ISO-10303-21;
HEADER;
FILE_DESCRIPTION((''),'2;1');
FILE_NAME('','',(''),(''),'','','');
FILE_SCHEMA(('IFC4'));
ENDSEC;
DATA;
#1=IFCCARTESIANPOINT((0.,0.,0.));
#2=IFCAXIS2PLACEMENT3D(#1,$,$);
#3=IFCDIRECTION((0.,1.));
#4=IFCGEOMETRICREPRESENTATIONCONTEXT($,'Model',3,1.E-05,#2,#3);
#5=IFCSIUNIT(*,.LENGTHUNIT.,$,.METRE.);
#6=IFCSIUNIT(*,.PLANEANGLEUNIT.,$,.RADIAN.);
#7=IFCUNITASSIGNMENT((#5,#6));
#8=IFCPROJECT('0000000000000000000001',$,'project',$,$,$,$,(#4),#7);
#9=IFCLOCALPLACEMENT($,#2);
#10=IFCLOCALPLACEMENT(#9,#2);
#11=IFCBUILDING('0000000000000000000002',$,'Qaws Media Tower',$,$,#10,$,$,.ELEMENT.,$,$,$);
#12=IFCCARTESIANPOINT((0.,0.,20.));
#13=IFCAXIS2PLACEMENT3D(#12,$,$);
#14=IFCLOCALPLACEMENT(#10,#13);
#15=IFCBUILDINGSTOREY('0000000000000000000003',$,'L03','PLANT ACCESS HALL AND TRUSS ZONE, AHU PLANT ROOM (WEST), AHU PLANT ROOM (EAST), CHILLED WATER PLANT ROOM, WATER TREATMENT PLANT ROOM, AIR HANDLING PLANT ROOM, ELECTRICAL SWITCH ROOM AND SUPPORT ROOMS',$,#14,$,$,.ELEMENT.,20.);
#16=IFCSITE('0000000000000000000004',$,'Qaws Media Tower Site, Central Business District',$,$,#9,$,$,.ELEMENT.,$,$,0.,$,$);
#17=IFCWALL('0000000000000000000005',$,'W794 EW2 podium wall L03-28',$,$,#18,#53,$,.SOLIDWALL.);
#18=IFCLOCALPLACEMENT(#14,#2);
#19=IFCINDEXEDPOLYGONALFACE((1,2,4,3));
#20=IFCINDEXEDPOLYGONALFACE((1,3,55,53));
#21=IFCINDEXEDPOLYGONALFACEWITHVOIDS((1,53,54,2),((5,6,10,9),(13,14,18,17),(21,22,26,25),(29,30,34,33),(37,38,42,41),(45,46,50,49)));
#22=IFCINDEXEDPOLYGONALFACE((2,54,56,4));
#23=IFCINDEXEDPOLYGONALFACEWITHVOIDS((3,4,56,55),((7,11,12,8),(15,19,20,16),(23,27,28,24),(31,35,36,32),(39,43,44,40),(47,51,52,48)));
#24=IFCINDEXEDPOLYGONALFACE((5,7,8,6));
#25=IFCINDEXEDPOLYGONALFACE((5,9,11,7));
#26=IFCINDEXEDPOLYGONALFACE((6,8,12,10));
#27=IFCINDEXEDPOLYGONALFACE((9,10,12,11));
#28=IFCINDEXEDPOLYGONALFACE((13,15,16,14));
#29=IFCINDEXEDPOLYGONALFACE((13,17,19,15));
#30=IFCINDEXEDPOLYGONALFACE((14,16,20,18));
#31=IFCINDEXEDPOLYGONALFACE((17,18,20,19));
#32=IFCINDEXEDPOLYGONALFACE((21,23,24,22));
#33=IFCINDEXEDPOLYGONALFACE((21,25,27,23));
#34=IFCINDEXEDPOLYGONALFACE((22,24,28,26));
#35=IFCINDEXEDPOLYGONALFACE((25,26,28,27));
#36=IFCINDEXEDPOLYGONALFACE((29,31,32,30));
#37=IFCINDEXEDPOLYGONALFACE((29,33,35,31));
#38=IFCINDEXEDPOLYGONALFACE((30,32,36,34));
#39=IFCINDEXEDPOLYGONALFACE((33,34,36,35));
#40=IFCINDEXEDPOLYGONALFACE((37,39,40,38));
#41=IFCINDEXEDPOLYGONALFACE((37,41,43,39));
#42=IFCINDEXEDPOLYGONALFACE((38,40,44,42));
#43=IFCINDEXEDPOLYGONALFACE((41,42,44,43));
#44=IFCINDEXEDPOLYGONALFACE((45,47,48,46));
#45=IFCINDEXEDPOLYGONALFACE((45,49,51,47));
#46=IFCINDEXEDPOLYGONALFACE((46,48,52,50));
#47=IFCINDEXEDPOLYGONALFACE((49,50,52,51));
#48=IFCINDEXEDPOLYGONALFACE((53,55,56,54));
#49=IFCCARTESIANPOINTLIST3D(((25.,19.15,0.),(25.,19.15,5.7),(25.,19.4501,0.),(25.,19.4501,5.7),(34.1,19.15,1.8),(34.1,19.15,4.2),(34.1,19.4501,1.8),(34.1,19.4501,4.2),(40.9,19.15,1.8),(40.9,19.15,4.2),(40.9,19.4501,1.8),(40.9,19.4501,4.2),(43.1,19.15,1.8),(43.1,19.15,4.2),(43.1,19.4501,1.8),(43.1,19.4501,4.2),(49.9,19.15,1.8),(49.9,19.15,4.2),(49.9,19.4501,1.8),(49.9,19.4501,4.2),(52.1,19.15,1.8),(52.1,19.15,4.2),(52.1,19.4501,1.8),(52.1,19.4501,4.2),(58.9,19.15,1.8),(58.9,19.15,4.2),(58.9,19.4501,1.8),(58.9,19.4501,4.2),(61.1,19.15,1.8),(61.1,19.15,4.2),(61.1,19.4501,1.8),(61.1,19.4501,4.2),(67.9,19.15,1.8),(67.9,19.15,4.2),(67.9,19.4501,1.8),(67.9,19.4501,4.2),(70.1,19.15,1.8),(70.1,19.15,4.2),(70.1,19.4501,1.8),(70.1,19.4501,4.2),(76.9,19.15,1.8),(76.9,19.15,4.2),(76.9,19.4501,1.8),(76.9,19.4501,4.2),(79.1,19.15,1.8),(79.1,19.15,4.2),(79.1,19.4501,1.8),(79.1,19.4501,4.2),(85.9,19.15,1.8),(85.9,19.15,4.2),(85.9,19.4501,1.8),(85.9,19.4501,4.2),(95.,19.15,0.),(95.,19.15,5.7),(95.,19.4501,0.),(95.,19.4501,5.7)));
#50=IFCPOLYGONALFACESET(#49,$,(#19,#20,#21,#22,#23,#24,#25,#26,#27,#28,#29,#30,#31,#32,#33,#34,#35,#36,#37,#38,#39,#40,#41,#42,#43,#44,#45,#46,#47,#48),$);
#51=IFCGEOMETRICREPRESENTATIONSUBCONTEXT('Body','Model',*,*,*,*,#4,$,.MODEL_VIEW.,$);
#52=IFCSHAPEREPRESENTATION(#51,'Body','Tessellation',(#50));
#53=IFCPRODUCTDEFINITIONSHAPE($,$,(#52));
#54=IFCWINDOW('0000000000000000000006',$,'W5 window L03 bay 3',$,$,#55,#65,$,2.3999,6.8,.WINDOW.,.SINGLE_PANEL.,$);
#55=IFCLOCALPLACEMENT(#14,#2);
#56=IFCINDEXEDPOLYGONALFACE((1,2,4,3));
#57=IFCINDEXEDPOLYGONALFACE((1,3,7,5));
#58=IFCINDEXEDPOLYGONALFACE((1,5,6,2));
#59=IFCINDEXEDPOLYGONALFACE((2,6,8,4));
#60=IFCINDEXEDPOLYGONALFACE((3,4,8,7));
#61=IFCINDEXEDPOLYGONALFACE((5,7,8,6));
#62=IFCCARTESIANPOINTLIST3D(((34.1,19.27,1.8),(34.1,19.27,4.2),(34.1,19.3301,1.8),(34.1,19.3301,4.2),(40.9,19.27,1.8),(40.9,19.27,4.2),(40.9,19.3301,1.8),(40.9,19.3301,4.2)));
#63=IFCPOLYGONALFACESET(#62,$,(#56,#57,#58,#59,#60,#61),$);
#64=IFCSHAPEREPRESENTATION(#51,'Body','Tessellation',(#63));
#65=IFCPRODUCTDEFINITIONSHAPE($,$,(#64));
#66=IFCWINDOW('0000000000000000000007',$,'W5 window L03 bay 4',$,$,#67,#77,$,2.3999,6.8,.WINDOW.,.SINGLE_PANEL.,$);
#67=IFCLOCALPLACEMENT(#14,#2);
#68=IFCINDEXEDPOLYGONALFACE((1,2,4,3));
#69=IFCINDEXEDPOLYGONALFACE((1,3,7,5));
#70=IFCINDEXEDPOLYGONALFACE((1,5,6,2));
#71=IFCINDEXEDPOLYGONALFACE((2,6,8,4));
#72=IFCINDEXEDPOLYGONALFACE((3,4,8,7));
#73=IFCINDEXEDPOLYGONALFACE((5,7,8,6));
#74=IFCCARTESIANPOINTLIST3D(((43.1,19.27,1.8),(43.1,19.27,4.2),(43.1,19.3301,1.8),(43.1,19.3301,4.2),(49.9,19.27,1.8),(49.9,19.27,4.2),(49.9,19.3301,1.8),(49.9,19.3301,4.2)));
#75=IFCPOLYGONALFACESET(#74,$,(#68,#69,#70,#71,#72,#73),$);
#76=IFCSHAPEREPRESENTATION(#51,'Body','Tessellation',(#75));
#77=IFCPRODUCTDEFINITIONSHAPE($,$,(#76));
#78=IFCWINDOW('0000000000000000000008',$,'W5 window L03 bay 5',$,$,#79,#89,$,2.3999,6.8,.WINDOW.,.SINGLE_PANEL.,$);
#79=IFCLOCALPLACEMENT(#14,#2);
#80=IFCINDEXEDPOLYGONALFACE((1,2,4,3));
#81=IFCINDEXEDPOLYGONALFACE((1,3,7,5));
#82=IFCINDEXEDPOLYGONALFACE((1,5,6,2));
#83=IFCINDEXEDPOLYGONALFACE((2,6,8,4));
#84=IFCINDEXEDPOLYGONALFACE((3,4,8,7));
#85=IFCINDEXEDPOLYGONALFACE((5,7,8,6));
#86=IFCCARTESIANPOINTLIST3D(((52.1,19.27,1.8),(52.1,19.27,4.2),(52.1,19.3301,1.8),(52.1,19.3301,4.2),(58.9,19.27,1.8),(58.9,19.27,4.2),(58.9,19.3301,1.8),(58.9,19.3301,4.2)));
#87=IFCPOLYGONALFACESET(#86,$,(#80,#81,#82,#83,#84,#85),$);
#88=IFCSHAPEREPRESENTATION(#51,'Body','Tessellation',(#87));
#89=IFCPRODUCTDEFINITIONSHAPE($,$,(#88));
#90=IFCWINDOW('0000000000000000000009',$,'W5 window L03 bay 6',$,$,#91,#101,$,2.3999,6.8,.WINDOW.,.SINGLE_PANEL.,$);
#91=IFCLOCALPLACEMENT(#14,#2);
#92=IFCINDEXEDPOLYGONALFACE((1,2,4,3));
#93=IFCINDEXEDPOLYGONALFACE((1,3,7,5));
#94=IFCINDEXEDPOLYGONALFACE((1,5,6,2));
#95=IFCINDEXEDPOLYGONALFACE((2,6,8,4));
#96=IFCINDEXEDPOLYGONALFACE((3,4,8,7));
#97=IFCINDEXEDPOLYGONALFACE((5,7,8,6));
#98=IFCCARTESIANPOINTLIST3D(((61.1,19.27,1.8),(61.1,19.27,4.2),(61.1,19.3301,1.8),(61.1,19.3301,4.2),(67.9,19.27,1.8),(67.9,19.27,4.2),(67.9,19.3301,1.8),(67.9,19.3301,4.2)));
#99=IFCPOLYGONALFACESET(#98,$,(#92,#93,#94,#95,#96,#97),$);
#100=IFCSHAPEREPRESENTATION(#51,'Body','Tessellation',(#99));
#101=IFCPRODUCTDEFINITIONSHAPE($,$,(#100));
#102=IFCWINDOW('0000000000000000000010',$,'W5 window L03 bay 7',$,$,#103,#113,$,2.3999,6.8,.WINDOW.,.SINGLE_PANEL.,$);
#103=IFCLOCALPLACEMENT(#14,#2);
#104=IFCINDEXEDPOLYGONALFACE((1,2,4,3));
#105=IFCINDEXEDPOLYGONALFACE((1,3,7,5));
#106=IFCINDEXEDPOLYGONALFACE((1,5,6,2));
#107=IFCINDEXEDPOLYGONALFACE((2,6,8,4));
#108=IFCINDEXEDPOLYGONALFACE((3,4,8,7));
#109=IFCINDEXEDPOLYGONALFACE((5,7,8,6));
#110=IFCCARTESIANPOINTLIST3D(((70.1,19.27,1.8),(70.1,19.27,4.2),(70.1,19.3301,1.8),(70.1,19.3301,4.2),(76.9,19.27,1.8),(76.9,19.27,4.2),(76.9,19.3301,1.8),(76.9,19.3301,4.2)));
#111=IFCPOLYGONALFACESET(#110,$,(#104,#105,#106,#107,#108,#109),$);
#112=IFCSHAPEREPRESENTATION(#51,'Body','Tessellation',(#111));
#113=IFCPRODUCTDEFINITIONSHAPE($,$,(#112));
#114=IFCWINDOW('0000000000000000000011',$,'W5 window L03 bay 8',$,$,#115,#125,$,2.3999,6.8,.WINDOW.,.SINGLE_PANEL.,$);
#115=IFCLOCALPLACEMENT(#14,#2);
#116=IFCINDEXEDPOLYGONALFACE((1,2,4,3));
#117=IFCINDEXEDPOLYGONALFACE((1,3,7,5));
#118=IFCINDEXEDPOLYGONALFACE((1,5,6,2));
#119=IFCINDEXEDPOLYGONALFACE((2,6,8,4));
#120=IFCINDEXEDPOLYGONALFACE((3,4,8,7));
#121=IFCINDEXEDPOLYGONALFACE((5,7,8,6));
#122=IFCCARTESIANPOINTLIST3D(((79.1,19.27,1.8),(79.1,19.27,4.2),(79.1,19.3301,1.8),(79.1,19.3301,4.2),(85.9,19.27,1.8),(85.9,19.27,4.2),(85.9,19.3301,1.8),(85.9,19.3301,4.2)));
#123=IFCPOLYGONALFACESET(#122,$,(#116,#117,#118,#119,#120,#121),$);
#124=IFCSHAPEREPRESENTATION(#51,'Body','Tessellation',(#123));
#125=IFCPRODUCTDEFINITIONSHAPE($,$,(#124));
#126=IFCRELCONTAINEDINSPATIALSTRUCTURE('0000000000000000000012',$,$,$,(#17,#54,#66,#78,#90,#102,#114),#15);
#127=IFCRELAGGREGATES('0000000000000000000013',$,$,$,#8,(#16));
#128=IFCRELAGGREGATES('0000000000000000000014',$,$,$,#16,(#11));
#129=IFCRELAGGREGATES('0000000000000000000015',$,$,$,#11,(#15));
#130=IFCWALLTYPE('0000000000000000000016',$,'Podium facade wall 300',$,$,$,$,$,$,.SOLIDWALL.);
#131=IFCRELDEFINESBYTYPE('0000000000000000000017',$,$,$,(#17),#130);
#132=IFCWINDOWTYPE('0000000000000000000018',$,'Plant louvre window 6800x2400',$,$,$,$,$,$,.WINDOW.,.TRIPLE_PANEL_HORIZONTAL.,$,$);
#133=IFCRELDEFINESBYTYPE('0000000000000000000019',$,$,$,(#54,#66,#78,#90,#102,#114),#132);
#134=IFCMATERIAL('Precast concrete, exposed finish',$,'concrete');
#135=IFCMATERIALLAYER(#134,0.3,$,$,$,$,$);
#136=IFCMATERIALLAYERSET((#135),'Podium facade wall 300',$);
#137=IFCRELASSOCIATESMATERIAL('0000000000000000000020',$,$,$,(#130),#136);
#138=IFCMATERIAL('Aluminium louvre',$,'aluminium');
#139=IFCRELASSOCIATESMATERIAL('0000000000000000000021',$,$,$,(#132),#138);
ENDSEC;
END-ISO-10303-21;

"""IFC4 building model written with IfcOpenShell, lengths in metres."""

from ifc_helpers import new_model, si_unit, direction, frame, frame_2d, origin, place, context, subcontext, project, spatial, rectangle, extrude, material, layer, layer_set, type_object, element, fill, save


model = new_model("IFC4")

# Units and contexts
model_context = context("Model", 3, precision=1e-05, world=origin(), true_north=direction((0.0, 1.0)))
body_context = subcontext(model_context, "Body", "Model", "MODEL_VIEW")
ifc_project = project(units=[si_unit("LENGTHUNIT", "METRE"), si_unit("PLANEANGLEUNIT", "RADIAN")], contexts=[model_context])

# Site, building, storey
site_placement = place(None, origin())
site = spatial("IfcSite", under=ifc_project, at=site_placement, Name="Qaws Media Tower Site, Central Business District", CompositionType="ELEMENT", RefElevation=0.0)
building_placement = place(site_placement, origin())
building = spatial("IfcBuilding", under=site, at=building_placement, Name="Qaws Media Tower", CompositionType="ELEMENT")
storey_placement = place(building_placement, frame((0.0, 0.0, 20.0)))
storey = spatial("IfcBuildingStorey", under=building, at=storey_placement, Name="L03", Description="PLANT ACCESS HALL AND TRUSS ZONE, AHU PLANT ROOM (WEST), AHU PLANT ROOM (EAST), CHILLED WATER PLANT ROOM, WATER TREATMENT PLANT ROOM, AIR HANDLING PLANT ROOM, ELECTRICAL SWITCH ROOM AND SUPPORT ROOMS", CompositionType="ELEMENT", Elevation=20.0)

# Shared definitions
ifc_material_1 = material(Name="Precast concrete, exposed finish", Category="concrete")
ifc_layer_1 = layer(ifc_material_1, 0.3)
ifc_layer_set_1 = layer_set([ifc_layer_1], Name="Podium facade wall 300")
wall_type = type_object("IfcWallType", Name="Podium facade wall 300", PredefinedType="SOLIDWALL", material=ifc_layer_set_1)

# Wall, openings, windows
wall_1_placement = place(storey_placement, frame((25.0, 19.3, 0.0), z_axis=(0.0, 0.0, 1.0), x_axis=(1.0, 0.0, 0.0)))
wall_1 = element("IfcWall", 1, at=wall_1_placement, inside=storey, type_object=wall_type, Name="W794 EW2 podium wall L03-28", PredefinedType="SOLIDWALL", context=body_context, shape_type="SweptSolid", body=[
    extrude(rectangle(XDim=70.0, YDim=0.3, at=frame_2d((35.0, 0.0))), origin(), (0.0, 0.0, 1.0), 5.7),
])
opening_1_placement = place(wall_1_placement, frame((9.1001, 0.0, 1.8)))
opening_1 = element("IfcOpeningElement", 2, at=opening_1_placement, cuts=wall_1, PredefinedType="OPENING", context=body_context, shape_type="SweptSolid", body=[
    extrude(rectangle(XDim=6.8, YDim=2.3999, at=frame_2d((3.3999, 1.2))), frame((0.0, 0.1599, 0.0), z_axis=(0.0, -1.0, 0.0), x_axis=(1.0, 0.0, 0.0)), (0.0, 0.0, 1.0), 0.3201),
])
opening_2_placement = place(wall_1_placement, frame((18.1001, 0.0, 1.8)))
opening_2 = element("IfcOpeningElement", 3, at=opening_2_placement, cuts=wall_1, PredefinedType="OPENING", context=body_context, shape_type="SweptSolid", body=[
    extrude(rectangle(XDim=6.8, YDim=2.3999, at=frame_2d((3.3999, 1.2))), frame((0.0, 0.1599, 0.0), z_axis=(0.0, -1.0, 0.0), x_axis=(1.0, 0.0, 0.0)), (0.0, 0.0, 1.0), 0.3201),
])
opening_3_placement = place(wall_1_placement, frame((27.1001, 0.0, 1.8)))
opening_3 = element("IfcOpeningElement", 4, at=opening_3_placement, cuts=wall_1, PredefinedType="OPENING", context=body_context, shape_type="SweptSolid", body=[
    extrude(rectangle(XDim=6.8, YDim=2.3999, at=frame_2d((3.3999, 1.2))), frame((0.0, 0.1599, 0.0), z_axis=(0.0, -1.0, 0.0), x_axis=(1.0, 0.0, 0.0)), (0.0, 0.0, 1.0), 0.3201),
])
opening_4_placement = place(wall_1_placement, frame((36.1001, 0.0, 1.8)))
opening_4 = element("IfcOpeningElement", 5, at=opening_4_placement, cuts=wall_1, PredefinedType="OPENING", context=body_context, shape_type="SweptSolid", body=[
    extrude(rectangle(XDim=6.8, YDim=2.3999, at=frame_2d((3.3999, 1.2))), frame((0.0, 0.1599, 0.0), z_axis=(0.0, -1.0, 0.0), x_axis=(1.0, 0.0, 0.0)), (0.0, 0.0, 1.0), 0.3201),
])
opening_5_placement = place(wall_1_placement, frame((45.1001, 0.0, 1.8)))
opening_5 = element("IfcOpeningElement", 6, at=opening_5_placement, cuts=wall_1, PredefinedType="OPENING", context=body_context, shape_type="SweptSolid", body=[
    extrude(rectangle(XDim=6.8, YDim=2.3999, at=frame_2d((3.3999, 1.2))), frame((0.0, 0.1599, 0.0), z_axis=(0.0, -1.0, 0.0), x_axis=(1.0, 0.0, 0.0)), (0.0, 0.0, 1.0), 0.3201),
])
opening_6_placement = place(wall_1_placement, frame((54.1001, 0.0, 1.8)))
opening_6 = element("IfcOpeningElement", 7, at=opening_6_placement, cuts=wall_1, PredefinedType="OPENING", context=body_context, shape_type="SweptSolid", body=[
    extrude(rectangle(XDim=6.8, YDim=2.3999, at=frame_2d((3.3999, 1.2))), frame((0.0, 0.1599, 0.0), z_axis=(0.0, -1.0, 0.0), x_axis=(1.0, 0.0, 0.0)), (0.0, 0.0, 1.0), 0.3201),
])
ifc_material_2 = material(Name="Aluminium louvre", Category="aluminium")
window_type = type_object("IfcWindowType", Name="Plant louvre window 6800x2400", PartitioningType="TRIPLE_PANEL_HORIZONTAL", PredefinedType="WINDOW", material=ifc_material_2)
window_1_placement = place(opening_1_placement, origin())
window_1 = element("IfcWindow", 8, at=window_1_placement, inside=storey, type_object=window_type, Name="W5 window L03 bay 3", OverallHeight=2.3999, OverallWidth=6.8, PartitioningType="SINGLE_PANEL", PredefinedType="WINDOW", context=body_context, shape_type="SweptSolid", body=[
    extrude(rectangle(XDim=6.8, YDim=2.3999, at=frame_2d((3.3999, 1.2))), frame((0.0, 0.03, 0.0), z_axis=(0.0, -1.0, 0.0), x_axis=(1.0, 0.0, 0.0)), (0.0, 0.0, 1.0), 0.0601),
])
fill(opening_1, window_1)
window_2_placement = place(opening_2_placement, origin())
window_2 = element("IfcWindow", 9, at=window_2_placement, inside=storey, type_object=window_type, Name="W5 window L03 bay 4", OverallHeight=2.3999, OverallWidth=6.8, PartitioningType="SINGLE_PANEL", PredefinedType="WINDOW", context=body_context, shape_type="SweptSolid", body=[
    extrude(rectangle(XDim=6.8, YDim=2.3999, at=frame_2d((3.3999, 1.2))), frame((0.0, 0.03, 0.0), z_axis=(0.0, -1.0, 0.0), x_axis=(1.0, 0.0, 0.0)), (0.0, 0.0, 1.0), 0.0601),
])
fill(opening_2, window_2)
window_3_placement = place(opening_3_placement, origin())
window_3 = element("IfcWindow", 10, at=window_3_placement, inside=storey, type_object=window_type, Name="W5 window L03 bay 5", OverallHeight=2.3999, OverallWidth=6.8, PartitioningType="SINGLE_PANEL", PredefinedType="WINDOW", context=body_context, shape_type="SweptSolid", body=[
    extrude(rectangle(XDim=6.8, YDim=2.3999, at=frame_2d((3.3999, 1.2))), frame((0.0, 0.03, 0.0), z_axis=(0.0, -1.0, 0.0), x_axis=(1.0, 0.0, 0.0)), (0.0, 0.0, 1.0), 0.0601),
])
fill(opening_3, window_3)
window_4_placement = place(opening_4_placement, origin())
window_4 = element("IfcWindow", 11, at=window_4_placement, inside=storey, type_object=window_type, Name="W5 window L03 bay 6", OverallHeight=2.3999, OverallWidth=6.8, PartitioningType="SINGLE_PANEL", PredefinedType="WINDOW", context=body_context, shape_type="SweptSolid", body=[
    extrude(rectangle(XDim=6.8, YDim=2.3999, at=frame_2d((3.3999, 1.2))), frame((0.0, 0.03, 0.0), z_axis=(0.0, -1.0, 0.0), x_axis=(1.0, 0.0, 0.0)), (0.0, 0.0, 1.0), 0.0601),
])
fill(opening_4, window_4)
window_5_placement = place(opening_5_placement, origin())
window_5 = element("IfcWindow", 12, at=window_5_placement, inside=storey, type_object=window_type, Name="W5 window L03 bay 7", OverallHeight=2.3999, OverallWidth=6.8, PartitioningType="SINGLE_PANEL", PredefinedType="WINDOW", context=body_context, shape_type="SweptSolid", body=[
    extrude(rectangle(XDim=6.8, YDim=2.3999, at=frame_2d((3.3999, 1.2))), frame((0.0, 0.03, 0.0), z_axis=(0.0, -1.0, 0.0), x_axis=(1.0, 0.0, 0.0)), (0.0, 0.0, 1.0), 0.0601),
])
fill(opening_5, window_5)
window_6_placement = place(opening_6_placement, origin())
window_6 = element("IfcWindow", 13, at=window_6_placement, inside=storey, type_object=window_type, Name="W5 window L03 bay 8", OverallHeight=2.3999, OverallWidth=6.8, PartitioningType="SINGLE_PANEL", PredefinedType="WINDOW", context=body_context, shape_type="SweptSolid", body=[
    extrude(rectangle(XDim=6.8, YDim=2.3999, at=frame_2d((3.3999, 1.2))), frame((0.0, 0.03, 0.0), z_axis=(0.0, -1.0, 0.0), x_axis=(1.0, 0.0, 0.0)), (0.0, 0.0, 1.0), 0.0601),
])
fill(opening_6, window_6)

save(model, "model.ifc")
